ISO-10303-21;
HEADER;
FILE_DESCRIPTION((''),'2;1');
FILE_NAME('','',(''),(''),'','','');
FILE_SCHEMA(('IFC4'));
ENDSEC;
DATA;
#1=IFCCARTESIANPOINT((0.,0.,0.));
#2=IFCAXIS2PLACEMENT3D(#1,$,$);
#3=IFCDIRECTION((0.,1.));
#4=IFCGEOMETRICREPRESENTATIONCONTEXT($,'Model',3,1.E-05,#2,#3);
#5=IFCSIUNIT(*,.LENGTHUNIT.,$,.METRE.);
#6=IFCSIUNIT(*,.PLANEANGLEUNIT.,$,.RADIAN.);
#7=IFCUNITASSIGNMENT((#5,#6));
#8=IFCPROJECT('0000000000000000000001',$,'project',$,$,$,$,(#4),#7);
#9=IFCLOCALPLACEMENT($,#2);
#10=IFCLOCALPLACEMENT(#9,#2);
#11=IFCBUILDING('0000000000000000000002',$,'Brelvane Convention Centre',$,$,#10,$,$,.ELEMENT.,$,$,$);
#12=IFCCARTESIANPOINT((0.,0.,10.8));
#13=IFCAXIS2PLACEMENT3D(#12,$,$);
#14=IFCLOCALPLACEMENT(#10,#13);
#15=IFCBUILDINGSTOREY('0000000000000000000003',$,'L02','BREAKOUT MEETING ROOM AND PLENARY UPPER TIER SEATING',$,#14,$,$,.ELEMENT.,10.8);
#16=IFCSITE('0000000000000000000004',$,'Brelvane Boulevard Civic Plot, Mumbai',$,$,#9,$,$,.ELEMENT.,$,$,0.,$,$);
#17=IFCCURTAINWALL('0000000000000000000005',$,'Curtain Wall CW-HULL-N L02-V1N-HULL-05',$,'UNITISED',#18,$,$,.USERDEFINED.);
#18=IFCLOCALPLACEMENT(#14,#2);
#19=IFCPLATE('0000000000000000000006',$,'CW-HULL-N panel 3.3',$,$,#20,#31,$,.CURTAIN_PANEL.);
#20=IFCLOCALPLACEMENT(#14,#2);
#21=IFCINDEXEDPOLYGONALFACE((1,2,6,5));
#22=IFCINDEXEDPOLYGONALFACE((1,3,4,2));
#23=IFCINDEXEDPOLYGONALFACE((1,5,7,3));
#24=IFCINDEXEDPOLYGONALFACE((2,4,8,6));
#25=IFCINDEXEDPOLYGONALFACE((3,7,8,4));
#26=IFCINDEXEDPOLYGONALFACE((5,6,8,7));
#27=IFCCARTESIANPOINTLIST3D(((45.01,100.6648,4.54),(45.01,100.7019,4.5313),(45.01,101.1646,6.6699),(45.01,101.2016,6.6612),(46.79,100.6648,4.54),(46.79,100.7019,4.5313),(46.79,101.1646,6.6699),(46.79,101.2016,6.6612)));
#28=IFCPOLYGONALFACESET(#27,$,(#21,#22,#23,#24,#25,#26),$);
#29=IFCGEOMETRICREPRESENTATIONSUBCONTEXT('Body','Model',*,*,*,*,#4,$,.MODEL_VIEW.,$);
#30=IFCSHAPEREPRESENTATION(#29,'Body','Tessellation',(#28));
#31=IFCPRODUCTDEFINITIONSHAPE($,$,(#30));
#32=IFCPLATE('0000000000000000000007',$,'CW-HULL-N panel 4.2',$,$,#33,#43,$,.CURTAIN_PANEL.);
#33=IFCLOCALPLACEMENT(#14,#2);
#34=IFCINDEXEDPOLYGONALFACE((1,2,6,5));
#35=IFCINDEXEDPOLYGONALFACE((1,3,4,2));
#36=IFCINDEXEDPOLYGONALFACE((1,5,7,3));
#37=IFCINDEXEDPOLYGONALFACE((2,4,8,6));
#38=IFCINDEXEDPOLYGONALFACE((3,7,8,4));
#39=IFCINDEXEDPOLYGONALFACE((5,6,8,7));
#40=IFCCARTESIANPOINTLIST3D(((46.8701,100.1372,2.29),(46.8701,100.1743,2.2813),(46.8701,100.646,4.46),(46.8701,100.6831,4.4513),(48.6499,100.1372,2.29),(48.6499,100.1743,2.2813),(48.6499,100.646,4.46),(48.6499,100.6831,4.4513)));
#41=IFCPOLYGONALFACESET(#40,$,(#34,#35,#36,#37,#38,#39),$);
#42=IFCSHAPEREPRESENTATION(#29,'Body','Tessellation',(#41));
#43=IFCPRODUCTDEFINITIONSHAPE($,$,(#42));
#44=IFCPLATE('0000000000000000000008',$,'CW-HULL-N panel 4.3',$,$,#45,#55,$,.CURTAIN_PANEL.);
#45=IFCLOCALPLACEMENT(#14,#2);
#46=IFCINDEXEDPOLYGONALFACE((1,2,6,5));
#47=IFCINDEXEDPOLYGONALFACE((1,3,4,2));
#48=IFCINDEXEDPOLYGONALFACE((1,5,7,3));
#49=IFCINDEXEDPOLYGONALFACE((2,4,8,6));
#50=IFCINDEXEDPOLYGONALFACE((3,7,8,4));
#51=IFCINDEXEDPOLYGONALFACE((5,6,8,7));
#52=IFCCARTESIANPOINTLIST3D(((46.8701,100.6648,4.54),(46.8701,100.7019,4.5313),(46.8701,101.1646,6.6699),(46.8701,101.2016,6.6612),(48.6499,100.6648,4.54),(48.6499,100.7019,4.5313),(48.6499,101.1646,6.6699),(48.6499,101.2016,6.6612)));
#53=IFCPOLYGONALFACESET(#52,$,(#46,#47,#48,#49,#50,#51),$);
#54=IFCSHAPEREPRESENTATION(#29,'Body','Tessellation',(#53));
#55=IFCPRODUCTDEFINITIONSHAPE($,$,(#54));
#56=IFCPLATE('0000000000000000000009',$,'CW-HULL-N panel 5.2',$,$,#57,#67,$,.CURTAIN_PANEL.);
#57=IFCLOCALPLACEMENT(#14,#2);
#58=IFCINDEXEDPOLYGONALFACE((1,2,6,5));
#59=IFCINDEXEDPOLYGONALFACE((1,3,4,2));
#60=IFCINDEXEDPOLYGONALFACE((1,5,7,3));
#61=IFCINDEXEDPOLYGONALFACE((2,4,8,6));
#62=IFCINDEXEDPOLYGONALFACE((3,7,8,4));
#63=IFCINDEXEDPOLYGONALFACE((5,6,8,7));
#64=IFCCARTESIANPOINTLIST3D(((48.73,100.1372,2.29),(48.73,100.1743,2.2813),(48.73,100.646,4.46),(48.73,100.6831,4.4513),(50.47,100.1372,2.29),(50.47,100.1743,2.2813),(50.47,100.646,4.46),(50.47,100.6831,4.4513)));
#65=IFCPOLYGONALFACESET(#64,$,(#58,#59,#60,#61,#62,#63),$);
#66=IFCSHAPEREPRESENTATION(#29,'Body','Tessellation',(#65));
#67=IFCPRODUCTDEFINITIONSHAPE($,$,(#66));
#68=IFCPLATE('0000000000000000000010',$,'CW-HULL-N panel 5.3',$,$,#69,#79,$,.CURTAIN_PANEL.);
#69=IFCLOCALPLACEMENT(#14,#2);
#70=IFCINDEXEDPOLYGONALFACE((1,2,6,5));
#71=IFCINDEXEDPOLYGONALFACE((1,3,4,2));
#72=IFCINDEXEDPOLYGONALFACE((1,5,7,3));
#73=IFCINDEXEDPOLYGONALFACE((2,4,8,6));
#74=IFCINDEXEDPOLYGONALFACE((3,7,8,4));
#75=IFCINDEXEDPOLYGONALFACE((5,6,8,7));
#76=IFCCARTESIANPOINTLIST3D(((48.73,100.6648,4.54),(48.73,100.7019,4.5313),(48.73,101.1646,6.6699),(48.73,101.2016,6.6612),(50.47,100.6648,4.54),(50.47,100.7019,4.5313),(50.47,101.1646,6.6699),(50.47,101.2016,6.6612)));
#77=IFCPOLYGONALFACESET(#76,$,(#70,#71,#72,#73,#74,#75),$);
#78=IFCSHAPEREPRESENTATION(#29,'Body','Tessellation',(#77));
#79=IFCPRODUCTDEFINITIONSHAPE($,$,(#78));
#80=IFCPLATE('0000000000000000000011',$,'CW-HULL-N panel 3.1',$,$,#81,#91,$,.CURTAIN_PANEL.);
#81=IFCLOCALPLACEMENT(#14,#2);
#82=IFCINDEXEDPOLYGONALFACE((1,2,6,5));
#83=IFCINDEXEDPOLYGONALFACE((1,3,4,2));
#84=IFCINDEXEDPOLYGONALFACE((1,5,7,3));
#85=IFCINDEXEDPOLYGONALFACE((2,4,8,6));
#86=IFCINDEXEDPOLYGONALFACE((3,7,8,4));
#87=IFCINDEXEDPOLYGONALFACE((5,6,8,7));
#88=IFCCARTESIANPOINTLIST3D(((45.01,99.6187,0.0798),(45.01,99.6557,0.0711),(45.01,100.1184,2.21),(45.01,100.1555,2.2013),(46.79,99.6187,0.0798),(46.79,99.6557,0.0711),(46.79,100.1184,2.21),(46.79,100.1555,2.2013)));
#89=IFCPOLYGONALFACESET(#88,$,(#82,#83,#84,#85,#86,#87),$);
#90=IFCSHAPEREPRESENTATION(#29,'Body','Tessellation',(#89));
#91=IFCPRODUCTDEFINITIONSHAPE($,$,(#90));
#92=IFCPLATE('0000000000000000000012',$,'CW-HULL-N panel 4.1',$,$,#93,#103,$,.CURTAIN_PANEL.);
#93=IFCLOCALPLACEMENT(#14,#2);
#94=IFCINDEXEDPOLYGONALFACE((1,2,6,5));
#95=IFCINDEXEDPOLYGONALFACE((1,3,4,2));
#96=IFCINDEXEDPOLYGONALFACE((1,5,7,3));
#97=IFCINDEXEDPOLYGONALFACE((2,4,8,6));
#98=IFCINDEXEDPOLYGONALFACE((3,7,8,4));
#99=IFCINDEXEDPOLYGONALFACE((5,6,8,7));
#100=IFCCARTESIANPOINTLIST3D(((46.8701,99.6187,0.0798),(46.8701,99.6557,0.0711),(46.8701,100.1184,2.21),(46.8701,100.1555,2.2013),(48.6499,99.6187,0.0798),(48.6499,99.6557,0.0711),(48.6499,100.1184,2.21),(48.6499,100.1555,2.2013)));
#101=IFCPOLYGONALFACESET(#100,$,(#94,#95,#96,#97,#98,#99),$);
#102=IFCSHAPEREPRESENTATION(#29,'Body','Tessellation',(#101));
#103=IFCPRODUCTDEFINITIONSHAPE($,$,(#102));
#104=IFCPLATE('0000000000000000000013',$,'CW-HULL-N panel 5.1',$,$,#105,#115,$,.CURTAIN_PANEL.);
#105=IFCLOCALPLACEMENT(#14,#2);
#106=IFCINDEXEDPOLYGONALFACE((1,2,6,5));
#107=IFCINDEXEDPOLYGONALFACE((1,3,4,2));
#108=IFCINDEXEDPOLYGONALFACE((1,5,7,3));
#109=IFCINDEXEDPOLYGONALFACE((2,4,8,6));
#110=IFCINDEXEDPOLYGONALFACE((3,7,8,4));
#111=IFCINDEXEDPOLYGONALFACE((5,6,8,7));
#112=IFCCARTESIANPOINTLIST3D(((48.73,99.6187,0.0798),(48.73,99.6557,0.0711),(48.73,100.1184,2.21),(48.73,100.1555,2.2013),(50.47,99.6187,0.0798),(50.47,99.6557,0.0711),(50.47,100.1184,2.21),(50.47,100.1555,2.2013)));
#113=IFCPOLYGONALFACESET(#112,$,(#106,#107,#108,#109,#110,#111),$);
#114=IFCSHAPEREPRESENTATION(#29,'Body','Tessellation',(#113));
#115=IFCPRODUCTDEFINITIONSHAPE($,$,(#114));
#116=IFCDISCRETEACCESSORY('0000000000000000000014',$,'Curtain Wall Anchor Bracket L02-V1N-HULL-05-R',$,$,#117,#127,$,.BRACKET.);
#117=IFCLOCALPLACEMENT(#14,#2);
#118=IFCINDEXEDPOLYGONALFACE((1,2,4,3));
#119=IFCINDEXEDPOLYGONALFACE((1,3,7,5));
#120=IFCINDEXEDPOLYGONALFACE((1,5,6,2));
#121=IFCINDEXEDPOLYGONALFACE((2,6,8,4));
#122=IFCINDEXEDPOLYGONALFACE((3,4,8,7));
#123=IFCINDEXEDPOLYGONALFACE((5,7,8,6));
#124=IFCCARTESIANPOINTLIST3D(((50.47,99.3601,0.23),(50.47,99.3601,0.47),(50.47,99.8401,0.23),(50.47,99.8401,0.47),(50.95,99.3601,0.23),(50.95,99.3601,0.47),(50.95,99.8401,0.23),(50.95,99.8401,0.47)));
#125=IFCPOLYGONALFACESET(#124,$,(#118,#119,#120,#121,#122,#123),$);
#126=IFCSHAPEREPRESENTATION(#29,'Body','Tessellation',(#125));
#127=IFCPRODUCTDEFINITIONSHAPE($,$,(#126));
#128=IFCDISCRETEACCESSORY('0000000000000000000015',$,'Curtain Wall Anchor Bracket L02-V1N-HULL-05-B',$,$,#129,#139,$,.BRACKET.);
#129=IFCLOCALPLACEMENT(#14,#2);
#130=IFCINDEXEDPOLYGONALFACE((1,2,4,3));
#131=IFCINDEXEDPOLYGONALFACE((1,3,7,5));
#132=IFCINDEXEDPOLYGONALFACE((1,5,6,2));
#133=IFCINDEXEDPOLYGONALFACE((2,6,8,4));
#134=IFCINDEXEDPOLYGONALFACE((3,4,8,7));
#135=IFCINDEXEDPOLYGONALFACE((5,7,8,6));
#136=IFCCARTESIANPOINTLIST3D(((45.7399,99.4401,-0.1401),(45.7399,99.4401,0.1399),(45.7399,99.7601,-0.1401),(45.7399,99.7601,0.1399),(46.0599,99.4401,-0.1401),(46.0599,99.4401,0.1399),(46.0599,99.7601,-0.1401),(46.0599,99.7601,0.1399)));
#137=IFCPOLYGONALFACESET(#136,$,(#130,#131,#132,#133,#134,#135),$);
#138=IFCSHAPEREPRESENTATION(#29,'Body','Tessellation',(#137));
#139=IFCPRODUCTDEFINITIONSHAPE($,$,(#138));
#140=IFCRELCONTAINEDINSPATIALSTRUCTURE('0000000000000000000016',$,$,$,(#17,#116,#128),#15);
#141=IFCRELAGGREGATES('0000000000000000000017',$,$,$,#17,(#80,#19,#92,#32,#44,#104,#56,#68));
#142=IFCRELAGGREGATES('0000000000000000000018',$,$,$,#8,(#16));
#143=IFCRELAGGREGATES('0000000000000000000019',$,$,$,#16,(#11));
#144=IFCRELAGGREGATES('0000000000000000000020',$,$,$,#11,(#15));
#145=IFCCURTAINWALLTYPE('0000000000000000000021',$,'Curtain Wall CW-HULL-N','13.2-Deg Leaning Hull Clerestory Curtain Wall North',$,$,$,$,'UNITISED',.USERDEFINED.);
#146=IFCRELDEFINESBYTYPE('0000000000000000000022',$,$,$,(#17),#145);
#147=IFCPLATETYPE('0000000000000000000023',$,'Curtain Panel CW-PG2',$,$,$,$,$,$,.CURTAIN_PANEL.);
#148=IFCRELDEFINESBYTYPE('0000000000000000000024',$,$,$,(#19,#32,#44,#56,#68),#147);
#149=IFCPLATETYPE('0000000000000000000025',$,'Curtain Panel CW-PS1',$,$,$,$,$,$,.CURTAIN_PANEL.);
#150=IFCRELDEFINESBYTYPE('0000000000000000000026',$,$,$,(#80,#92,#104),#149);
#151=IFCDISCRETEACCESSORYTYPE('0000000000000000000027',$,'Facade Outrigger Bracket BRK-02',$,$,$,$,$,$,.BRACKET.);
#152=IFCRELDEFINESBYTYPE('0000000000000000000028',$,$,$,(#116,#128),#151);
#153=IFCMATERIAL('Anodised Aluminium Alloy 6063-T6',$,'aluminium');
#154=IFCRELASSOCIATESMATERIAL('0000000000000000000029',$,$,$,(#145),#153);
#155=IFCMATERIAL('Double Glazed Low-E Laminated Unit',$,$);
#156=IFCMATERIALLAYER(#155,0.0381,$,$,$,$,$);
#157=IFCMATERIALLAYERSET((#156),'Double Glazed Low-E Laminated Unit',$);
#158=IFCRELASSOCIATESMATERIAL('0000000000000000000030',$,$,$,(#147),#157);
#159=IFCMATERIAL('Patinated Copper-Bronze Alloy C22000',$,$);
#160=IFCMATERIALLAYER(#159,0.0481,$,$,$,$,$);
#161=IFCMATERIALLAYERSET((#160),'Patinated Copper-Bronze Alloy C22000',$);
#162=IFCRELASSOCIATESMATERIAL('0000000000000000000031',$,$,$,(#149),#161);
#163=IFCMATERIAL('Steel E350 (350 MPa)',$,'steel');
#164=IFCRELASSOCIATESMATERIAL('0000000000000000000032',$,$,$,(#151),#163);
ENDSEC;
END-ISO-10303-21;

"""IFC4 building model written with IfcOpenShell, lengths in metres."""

from ifc_helpers import new_model, si_unit, direction, frame, origin, origin_2d, place, context, subcontext, project, spatial, polyline, rectangle, outline, extrude, material, layer, layer_set, type_object, element, aggregate, save


model = new_model("IFC4")

# Units and contexts
model_context = context("Model", 3, precision=1e-05, world=origin(), true_north=direction((0.0, 1.0)))
body_context = subcontext(model_context, "Body", "Model", "MODEL_VIEW")
ifc_project = project(units=[si_unit("LENGTHUNIT", "METRE"), si_unit("PLANEANGLEUNIT", "RADIAN")], contexts=[model_context])

# Site, building, storey
site_placement = place(None, origin())
site = spatial("IfcSite", under=ifc_project, at=site_placement, Name="Brelvane Boulevard Civic Plot, Mumbai", CompositionType="ELEMENT", RefElevation=0.0)
building_placement = place(site_placement, origin())
building = spatial("IfcBuilding", under=site, at=building_placement, Name="Brelvane Convention Centre", CompositionType="ELEMENT")
storey_placement = place(building_placement, frame((0.0, 0.0, 10.8)))
storey = spatial("IfcBuildingStorey", under=building, at=storey_placement, Name="L02", Description="BREAKOUT MEETING ROOM AND PLENARY UPPER TIER SEATING", CompositionType="ELEMENT", Elevation=10.8)

# Curtain wall
ifc_material_1 = material(Name="Anodised Aluminium Alloy 6063-T6", Category="aluminium")
curtain_wall_type = type_object("IfcCurtainWallType", Name="Curtain Wall CW-HULL-N", Description="13.2-Deg Leaning Hull Clerestory Curtain Wall North", ElementType="UNITISED", PredefinedType="USERDEFINED", material=ifc_material_1)
curtain_wall_placement = place(storey_placement, origin())
curtain_wall = element("IfcCurtainWall", 1, at=curtain_wall_placement, inside=storey, type_object=curtain_wall_type, Name="Curtain Wall CW-HULL-N L02-V1N-HULL-05", ObjectType="UNITISED", PredefinedType="USERDEFINED")

# Plates
ifc_material_2 = material(Name="Double Glazed Low-E Laminated Unit")
ifc_layer_1 = layer(ifc_material_2, 0.0381)
ifc_layer_set_1 = layer_set([ifc_layer_1], Name="Double Glazed Low-E Laminated Unit")
plate_type_1 = type_object("IfcPlateType", Name="Curtain Panel CW-PG2", PredefinedType="CURTAIN_PANEL", material=ifc_layer_set_1)
plate_1_placement = place(storey_placement, frame((45.01, 100.6648, 4.54), z_axis=(0.0, -0.973559, 0.228436), x_axis=(1.0, 0.0, 0.0)))
plate_1 = element("IfcPlate", 2, at=plate_1_placement, type_object=plate_type_1, Name="CW-HULL-N panel 3.3", PredefinedType="CURTAIN_PANEL", context=body_context, shape_type="SweptSolid", body=[
    extrude(outline(polyline([(0.0, 0.0), (1.78, 0.0), (1.78, 2.1877), (0.0, 2.1877), (0.0, 0.0)])), origin(), (0.0, 0.0, -1.0), 0.0381),
])
plate_2_placement = place(storey_placement, frame((46.8701, 100.1372, 2.29), z_axis=(0.0, -0.973595, 0.228282), x_axis=(1.0, 0.0, 0.0)))
plate_2 = element("IfcPlate", 3, at=plate_2_placement, type_object=plate_type_1, Name="CW-HULL-N panel 4.2", PredefinedType="CURTAIN_PANEL", context=body_context, shape_type="SweptSolid", body=[
    extrude(outline(polyline([(0.0, 0.0), (1.7798, 0.0), (1.7798, 2.2288), (0.0, 2.2288), (0.0, 0.0)])), origin(), (0.0, 0.0, -1.0), 0.0381),
])
plate_3_placement = place(storey_placement, frame((46.8701, 100.6648, 4.54), z_axis=(0.0, -0.973559, 0.228436), x_axis=(1.0, 0.0, 0.0)))
plate_3 = element("IfcPlate", 4, at=plate_3_placement, type_object=plate_type_1, Name="CW-HULL-N panel 4.3", PredefinedType="CURTAIN_PANEL", context=body_context, shape_type="SweptSolid", body=[
    extrude(outline(polyline([(0.0, 0.0), (1.7798, 0.0), (1.7798, 2.1877), (0.0, 2.1877), (0.0, 0.0)])), origin(), (0.0, 0.0, -1.0), 0.0381),
])
plate_4_placement = place(storey_placement, frame((48.73, 100.1372, 2.29), z_axis=(0.0, -0.973595, 0.228282), x_axis=(1.0, 0.0, 0.0)))
plate_4 = element("IfcPlate", 5, at=plate_4_placement, type_object=plate_type_1, Name="CW-HULL-N panel 5.2", PredefinedType="CURTAIN_PANEL", context=body_context, shape_type="SweptSolid", body=[
    extrude(outline(polyline([(0.0, 0.0), (1.74, 0.0), (1.74, 2.2288), (0.0, 2.2288), (0.0, 0.0)])), origin(), (0.0, 0.0, -1.0), 0.0381),
])
plate_5_placement = place(storey_placement, frame((48.73, 100.6648, 4.54), z_axis=(0.0, -0.973559, 0.228436), x_axis=(1.0, 0.0, 0.0)))
plate_5 = element("IfcPlate", 6, at=plate_5_placement, type_object=plate_type_1, Name="CW-HULL-N panel 5.3", PredefinedType="CURTAIN_PANEL", context=body_context, shape_type="SweptSolid", body=[
    extrude(outline(polyline([(0.0, 0.0), (1.74, 0.0), (1.74, 2.1877), (0.0, 2.1877), (0.0, 0.0)])), origin(), (0.0, 0.0, -1.0), 0.0381),
])
ifc_material_3 = material(Name="Patinated Copper-Bronze Alloy C22000")
ifc_layer_2 = layer(ifc_material_3, 0.0481)
ifc_layer_set_2 = layer_set([ifc_layer_2], Name="Patinated Copper-Bronze Alloy C22000")
plate_type_2 = type_object("IfcPlateType", Name="Curtain Panel CW-PS1", PredefinedType="CURTAIN_PANEL", material=ifc_layer_set_2)
plate_6_placement = place(storey_placement, frame((45.01, 99.6187, 0.0798), z_axis=(0.0, -0.973565, 0.228411), x_axis=(1.0, 0.0, 0.0)))
plate_6 = element("IfcPlate", 7, at=plate_6_placement, type_object=plate_type_2, Name="CW-HULL-N panel 3.1", PredefinedType="CURTAIN_PANEL", context=body_context, shape_type="SweptSolid", body=[
    extrude(outline(polyline([(0.0, 0.0), (1.78, 0.0), (1.78, 2.188), (0.0, 2.188), (0.0, 0.0)])), origin(), (0.0, 0.0, -1.0), 0.0381),
])
plate_7_placement = place(storey_placement, frame((46.8701, 99.6187, 0.0798), z_axis=(0.0, -0.973565, 0.228411), x_axis=(1.0, 0.0, 0.0)))
plate_7 = element("IfcPlate", 8, at=plate_7_placement, type_object=plate_type_2, Name="CW-HULL-N panel 4.1", PredefinedType="CURTAIN_PANEL", context=body_context, shape_type="SweptSolid", body=[
    extrude(outline(polyline([(0.0, 0.0), (1.7798, 0.0), (1.7798, 2.188), (0.0, 2.188), (0.0, 0.0)])), origin(), (0.0, 0.0, -1.0), 0.0381),
])
plate_8_placement = place(storey_placement, frame((48.73, 99.6187, 0.0798), z_axis=(0.0, -0.973565, 0.228411), x_axis=(1.0, 0.0, 0.0)))
plate_8 = element("IfcPlate", 9, at=plate_8_placement, type_object=plate_type_2, Name="CW-HULL-N panel 5.1", PredefinedType="CURTAIN_PANEL", context=body_context, shape_type="SweptSolid", body=[
    extrude(outline(polyline([(0.0, 0.0), (1.74, 0.0), (1.74, 2.188), (0.0, 2.188), (0.0, 0.0)])), origin(), (0.0, 0.0, -1.0), 0.0381),
])
aggregate(curtain_wall, [plate_6, plate_1, plate_7, plate_2, plate_3, plate_8, plate_4, plate_5])

# Discrete accessories
ifc_material_4 = material(Name="Steel E350 (350 MPa)", Category="steel")
discrete_accessory_type = type_object("IfcDiscreteAccessoryType", Name="Facade Outrigger Bracket BRK-02", PredefinedType="BRACKET", material=ifc_material_4)
discrete_accessory_1_placement = place(storey_placement, frame((50.71, 99.6001, 0.23), z_axis=(0.0, 0.0, 1.0), x_axis=(1.0, 0.0, 0.0)))
element("IfcDiscreteAccessory", 10, at=discrete_accessory_1_placement, inside=storey, type_object=discrete_accessory_type, Name="Curtain Wall Anchor Bracket L02-V1N-HULL-05-R", PredefinedType="BRACKET", context=body_context, shape_type="SweptSolid", body=[
    extrude(rectangle(XDim=0.48, YDim=0.48, at=origin_2d()), origin(), (0.0, 0.0, 1.0), 0.24),
])
discrete_accessory_2_placement = place(storey_placement, frame((45.8999, 99.6001, -0.1401), z_axis=(0.0, 0.0, 1.0), x_axis=(1.0, 0.0, 0.0)))
element("IfcDiscreteAccessory", 11, at=discrete_accessory_2_placement, inside=storey, type_object=discrete_accessory_type, Name="Curtain Wall Anchor Bracket L02-V1N-HULL-05-B", PredefinedType="BRACKET", context=body_context, shape_type="SweptSolid", body=[
    extrude(rectangle(XDim=0.3201, YDim=0.3201, at=origin_2d()), origin(), (0.0, 0.0, 1.0), 0.28),
])

save(model, "model.ifc")
